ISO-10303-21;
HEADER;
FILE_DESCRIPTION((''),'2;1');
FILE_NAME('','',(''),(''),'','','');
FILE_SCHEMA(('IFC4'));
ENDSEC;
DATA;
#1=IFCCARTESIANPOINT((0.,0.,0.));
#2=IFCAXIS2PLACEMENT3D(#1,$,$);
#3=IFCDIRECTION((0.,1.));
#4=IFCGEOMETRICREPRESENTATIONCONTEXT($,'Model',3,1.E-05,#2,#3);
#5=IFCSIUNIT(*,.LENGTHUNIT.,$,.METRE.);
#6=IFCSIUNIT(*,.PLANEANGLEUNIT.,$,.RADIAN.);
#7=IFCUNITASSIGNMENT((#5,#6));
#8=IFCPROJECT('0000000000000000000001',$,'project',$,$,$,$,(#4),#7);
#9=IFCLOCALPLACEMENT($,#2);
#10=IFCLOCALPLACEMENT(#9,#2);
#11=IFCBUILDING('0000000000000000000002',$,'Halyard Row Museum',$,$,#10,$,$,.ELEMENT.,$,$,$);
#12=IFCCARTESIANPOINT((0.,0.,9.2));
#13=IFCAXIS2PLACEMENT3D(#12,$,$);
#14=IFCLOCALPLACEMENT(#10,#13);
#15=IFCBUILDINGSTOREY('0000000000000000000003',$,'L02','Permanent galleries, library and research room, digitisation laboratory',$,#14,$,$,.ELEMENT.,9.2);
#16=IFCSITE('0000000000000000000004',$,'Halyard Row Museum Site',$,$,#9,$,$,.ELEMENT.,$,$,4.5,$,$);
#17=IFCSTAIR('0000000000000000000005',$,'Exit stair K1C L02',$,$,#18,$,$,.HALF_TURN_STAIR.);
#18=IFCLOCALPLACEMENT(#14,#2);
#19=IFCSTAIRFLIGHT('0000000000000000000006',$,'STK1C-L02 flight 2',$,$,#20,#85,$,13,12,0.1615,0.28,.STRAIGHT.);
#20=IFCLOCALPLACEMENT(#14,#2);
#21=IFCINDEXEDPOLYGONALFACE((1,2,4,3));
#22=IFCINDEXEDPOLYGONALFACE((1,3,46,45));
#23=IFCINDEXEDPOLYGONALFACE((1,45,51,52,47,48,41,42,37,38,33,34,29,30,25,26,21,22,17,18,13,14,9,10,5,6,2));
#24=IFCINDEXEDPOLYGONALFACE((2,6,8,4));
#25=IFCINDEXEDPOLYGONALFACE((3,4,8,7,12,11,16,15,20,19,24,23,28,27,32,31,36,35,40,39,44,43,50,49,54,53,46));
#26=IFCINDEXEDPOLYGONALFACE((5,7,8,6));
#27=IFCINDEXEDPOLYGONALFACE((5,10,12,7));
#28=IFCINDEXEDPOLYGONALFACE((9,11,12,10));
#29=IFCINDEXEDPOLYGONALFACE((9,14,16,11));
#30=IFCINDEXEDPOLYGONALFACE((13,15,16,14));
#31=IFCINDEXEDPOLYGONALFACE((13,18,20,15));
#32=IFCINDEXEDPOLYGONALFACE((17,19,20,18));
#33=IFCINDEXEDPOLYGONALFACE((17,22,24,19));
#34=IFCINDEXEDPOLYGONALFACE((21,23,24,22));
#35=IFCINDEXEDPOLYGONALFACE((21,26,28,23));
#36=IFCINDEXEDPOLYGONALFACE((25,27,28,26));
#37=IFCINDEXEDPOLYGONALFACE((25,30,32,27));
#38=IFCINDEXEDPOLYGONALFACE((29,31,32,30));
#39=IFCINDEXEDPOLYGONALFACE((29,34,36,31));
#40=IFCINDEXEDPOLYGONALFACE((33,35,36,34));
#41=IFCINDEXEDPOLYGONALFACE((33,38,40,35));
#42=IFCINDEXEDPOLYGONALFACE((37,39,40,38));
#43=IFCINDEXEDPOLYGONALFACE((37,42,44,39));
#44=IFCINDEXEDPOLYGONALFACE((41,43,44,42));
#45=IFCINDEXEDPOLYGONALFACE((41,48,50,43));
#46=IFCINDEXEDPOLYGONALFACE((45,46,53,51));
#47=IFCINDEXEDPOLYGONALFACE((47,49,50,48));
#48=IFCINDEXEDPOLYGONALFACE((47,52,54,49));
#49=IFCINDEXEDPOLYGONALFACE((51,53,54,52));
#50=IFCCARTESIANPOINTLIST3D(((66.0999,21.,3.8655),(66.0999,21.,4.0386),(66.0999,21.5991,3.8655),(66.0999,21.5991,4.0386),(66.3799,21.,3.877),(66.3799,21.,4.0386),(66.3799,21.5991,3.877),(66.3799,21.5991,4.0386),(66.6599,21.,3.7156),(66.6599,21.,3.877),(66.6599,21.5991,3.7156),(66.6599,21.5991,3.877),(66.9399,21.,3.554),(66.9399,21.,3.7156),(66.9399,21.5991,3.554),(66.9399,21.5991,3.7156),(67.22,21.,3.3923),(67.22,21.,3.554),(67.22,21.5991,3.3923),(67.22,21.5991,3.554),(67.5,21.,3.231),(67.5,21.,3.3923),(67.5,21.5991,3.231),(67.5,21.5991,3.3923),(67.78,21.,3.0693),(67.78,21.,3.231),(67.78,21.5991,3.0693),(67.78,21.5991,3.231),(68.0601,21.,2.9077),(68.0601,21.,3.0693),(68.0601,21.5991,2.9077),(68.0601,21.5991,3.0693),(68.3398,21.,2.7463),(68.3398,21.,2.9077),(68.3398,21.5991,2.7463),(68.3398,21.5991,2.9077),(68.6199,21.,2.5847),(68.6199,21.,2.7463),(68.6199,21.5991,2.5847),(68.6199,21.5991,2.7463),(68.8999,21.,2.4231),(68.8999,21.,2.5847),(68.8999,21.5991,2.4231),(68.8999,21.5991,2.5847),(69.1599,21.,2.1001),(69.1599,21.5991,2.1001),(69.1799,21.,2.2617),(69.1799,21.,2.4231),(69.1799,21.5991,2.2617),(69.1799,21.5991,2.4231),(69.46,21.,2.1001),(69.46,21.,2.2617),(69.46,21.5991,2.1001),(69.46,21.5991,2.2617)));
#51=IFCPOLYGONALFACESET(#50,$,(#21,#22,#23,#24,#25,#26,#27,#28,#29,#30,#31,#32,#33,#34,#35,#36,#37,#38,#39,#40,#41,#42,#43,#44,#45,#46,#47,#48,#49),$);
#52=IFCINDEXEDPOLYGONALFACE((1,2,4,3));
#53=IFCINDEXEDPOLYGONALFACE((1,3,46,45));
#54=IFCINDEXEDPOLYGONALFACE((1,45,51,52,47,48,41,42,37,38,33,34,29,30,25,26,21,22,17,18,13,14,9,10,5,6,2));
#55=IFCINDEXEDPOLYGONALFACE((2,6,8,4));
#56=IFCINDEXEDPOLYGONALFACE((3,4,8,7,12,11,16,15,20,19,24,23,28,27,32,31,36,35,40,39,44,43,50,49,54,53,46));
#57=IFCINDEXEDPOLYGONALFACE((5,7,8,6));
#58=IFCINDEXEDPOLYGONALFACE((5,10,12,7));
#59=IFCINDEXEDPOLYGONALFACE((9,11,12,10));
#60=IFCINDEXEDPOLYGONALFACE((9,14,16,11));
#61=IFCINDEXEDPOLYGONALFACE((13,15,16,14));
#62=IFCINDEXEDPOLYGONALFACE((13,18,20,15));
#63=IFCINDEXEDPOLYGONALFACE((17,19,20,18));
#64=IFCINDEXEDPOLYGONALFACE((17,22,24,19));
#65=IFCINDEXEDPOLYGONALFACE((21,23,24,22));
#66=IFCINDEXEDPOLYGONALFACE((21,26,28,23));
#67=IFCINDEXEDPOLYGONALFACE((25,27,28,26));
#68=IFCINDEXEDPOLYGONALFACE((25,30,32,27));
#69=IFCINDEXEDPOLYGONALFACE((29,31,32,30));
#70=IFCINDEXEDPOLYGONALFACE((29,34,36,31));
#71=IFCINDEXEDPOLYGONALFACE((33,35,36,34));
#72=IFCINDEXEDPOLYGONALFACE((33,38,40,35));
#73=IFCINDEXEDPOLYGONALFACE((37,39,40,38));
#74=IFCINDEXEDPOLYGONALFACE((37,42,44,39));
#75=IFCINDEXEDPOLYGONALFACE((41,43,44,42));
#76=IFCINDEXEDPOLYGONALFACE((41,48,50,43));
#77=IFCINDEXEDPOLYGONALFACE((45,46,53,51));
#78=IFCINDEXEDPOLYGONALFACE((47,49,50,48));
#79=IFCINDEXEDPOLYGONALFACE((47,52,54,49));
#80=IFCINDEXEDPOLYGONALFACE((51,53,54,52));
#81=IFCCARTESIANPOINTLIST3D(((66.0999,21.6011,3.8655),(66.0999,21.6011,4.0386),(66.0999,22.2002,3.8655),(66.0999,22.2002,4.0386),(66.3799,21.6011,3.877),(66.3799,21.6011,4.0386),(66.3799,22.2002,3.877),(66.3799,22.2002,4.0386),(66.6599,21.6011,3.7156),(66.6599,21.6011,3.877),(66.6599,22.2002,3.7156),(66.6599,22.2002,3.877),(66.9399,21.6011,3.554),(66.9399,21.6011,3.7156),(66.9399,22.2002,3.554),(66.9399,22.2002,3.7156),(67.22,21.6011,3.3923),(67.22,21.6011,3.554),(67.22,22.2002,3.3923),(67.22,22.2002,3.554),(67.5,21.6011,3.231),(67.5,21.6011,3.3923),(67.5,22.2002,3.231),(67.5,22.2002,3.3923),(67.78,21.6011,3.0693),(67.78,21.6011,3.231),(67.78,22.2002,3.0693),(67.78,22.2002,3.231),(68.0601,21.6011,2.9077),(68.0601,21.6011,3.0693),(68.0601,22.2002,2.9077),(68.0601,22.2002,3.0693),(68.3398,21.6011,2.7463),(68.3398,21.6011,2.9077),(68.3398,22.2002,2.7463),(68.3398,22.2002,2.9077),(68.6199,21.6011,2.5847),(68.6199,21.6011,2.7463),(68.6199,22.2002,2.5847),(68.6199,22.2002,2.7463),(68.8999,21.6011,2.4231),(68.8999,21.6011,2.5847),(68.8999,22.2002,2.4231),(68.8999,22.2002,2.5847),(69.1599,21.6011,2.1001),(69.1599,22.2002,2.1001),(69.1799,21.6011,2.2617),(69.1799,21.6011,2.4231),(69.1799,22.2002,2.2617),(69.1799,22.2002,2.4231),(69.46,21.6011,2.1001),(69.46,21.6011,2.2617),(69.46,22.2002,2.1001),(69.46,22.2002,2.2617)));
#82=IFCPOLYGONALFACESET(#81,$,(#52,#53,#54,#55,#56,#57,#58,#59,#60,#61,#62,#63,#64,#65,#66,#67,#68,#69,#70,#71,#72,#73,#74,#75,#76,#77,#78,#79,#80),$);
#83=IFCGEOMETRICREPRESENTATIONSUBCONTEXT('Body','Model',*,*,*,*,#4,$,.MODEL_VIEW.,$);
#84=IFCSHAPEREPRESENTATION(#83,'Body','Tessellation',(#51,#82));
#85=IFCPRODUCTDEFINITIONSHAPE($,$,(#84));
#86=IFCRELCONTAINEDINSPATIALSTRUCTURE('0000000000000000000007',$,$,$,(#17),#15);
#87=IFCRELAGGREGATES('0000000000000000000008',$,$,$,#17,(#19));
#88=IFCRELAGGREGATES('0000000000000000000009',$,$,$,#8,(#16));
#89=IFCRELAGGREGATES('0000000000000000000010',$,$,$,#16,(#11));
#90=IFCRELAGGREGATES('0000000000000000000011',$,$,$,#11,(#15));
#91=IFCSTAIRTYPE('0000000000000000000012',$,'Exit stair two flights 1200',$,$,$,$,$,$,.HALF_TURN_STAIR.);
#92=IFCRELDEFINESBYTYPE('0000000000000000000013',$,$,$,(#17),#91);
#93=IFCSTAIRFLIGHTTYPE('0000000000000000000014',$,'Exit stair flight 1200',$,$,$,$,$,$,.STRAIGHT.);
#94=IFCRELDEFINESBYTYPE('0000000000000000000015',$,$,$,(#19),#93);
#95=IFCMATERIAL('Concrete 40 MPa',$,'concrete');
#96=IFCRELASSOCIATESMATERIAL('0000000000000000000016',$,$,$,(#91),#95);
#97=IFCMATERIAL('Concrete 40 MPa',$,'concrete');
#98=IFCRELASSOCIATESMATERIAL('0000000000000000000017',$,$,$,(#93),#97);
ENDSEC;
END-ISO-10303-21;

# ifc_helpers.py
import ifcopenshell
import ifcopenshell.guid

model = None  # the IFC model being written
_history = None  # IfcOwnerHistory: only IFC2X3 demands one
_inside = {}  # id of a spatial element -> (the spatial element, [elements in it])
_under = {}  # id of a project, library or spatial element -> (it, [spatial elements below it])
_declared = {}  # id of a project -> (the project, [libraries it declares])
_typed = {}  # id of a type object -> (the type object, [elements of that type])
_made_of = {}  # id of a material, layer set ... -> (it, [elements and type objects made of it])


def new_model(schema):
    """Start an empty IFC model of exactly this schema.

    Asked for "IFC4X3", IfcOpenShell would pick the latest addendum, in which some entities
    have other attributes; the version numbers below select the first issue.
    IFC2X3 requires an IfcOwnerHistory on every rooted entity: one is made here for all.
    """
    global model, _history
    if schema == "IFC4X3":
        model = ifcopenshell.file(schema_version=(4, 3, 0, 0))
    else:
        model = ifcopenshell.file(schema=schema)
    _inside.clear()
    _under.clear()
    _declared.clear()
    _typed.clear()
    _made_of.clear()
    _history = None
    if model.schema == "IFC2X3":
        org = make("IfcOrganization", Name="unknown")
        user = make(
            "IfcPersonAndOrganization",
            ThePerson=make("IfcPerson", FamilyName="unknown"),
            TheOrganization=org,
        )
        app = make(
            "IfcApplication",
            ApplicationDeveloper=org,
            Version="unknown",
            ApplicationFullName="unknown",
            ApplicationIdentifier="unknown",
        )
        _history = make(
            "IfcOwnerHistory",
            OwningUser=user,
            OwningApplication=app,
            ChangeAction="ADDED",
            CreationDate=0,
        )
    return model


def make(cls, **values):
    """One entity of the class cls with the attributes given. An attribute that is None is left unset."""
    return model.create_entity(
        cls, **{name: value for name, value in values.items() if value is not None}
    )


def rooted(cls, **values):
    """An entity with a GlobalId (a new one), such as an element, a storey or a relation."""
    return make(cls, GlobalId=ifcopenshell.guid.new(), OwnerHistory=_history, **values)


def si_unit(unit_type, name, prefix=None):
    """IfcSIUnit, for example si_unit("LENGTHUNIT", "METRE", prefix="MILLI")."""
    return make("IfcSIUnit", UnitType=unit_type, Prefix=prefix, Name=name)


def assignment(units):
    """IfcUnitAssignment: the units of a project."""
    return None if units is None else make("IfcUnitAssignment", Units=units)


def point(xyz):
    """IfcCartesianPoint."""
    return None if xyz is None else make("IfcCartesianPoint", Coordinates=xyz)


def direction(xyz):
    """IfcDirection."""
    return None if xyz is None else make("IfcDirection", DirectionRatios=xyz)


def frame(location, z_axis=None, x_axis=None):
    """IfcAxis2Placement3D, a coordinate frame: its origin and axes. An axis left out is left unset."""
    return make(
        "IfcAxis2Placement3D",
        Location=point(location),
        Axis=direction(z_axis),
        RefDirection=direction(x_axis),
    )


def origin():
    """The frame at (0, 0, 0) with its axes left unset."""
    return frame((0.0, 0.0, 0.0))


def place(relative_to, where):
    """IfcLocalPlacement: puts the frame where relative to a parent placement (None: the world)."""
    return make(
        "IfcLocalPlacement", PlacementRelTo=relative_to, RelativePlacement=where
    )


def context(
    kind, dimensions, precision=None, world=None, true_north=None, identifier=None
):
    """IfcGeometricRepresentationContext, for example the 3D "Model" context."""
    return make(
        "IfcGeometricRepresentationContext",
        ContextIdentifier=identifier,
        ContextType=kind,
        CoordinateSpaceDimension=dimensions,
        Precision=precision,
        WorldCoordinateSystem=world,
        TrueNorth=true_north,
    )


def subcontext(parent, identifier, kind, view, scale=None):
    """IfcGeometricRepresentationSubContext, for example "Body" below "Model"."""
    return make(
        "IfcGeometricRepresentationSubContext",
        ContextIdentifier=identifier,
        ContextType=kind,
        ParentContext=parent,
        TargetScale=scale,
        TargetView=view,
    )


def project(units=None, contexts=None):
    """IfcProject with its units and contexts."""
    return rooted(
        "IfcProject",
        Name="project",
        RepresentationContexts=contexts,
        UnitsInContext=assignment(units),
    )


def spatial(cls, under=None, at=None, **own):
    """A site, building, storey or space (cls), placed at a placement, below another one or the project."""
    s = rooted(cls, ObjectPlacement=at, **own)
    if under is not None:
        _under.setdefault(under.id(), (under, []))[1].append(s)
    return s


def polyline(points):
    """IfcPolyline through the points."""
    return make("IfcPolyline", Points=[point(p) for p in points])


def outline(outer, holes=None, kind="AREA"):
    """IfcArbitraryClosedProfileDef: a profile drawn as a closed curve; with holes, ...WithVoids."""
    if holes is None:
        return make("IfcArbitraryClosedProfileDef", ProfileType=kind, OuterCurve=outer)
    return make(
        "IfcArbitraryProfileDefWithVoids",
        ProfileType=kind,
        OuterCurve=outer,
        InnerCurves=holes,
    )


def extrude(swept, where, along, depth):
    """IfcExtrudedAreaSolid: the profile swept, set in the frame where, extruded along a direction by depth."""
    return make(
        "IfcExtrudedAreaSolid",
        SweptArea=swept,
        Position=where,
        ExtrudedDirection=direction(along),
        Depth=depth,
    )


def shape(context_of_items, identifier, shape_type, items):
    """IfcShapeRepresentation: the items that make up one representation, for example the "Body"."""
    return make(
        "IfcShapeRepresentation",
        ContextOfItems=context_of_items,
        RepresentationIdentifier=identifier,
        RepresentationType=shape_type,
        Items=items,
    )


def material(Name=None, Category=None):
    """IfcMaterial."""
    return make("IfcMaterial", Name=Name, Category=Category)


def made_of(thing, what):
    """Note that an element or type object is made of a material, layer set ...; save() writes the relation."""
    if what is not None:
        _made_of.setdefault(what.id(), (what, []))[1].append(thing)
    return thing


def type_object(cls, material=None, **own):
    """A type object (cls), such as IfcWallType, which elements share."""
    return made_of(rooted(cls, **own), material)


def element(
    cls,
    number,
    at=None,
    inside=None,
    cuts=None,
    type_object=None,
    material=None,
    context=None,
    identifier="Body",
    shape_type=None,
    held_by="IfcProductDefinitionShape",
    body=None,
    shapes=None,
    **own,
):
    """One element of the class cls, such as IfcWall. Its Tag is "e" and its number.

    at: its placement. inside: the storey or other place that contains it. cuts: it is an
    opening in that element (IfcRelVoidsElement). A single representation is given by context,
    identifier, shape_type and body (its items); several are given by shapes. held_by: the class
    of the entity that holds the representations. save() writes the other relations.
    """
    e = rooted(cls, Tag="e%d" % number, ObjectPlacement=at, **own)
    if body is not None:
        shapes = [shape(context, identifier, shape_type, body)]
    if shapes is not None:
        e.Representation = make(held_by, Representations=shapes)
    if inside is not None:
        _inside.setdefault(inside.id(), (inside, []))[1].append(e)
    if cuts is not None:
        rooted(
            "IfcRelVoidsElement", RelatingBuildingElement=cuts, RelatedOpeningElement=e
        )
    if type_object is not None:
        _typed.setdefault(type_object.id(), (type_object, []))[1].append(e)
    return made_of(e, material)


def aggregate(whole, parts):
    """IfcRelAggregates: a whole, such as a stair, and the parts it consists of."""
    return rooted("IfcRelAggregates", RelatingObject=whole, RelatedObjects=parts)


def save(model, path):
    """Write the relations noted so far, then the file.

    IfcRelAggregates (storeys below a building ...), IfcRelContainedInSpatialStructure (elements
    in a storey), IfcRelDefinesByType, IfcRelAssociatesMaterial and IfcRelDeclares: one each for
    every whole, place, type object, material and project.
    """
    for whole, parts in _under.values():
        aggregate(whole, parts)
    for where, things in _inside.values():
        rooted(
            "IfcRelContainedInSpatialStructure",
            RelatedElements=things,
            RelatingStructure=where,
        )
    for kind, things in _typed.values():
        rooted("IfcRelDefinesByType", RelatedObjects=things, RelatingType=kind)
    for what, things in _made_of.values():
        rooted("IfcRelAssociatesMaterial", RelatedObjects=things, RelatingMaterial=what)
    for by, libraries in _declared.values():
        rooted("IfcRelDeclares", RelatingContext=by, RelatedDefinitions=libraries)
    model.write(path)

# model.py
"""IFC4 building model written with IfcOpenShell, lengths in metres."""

from ifc_helpers import new_model, si_unit, direction, frame, origin, place, context, subcontext, project, spatial, polyline, outline, extrude, material, type_object, element, aggregate, save


model = new_model("IFC4")

# Units and contexts
model_context = context("Model", 3, precision=1e-05, world=origin(), true_north=direction((0.0, 1.0)))
body_context = subcontext(model_context, "Body", "Model", "MODEL_VIEW")
ifc_project = project(units=[si_unit("LENGTHUNIT", "METRE"), si_unit("PLANEANGLEUNIT", "RADIAN")], contexts=[model_context])

# Site, building, storey
site_placement = place(None, origin())
site = spatial("IfcSite", under=ifc_project, at=site_placement, Name="Halyard Row Museum Site", CompositionType="ELEMENT", RefElevation=4.5)
building_placement = place(site_placement, origin())
building = spatial("IfcBuilding", under=site, at=building_placement, Name="Halyard Row Museum", CompositionType="ELEMENT")
storey_placement = place(building_placement, frame((0.0, 0.0, 9.2)))
storey = spatial("IfcBuildingStorey", under=building, at=storey_placement, Name="L02", Description="Permanent galleries, library and research room, digitisation laboratory", CompositionType="ELEMENT", Elevation=9.2)

# Stair, stair flight
ifc_material_1 = material(Name="Concrete 40 MPa", Category="concrete")
stair_type = type_object("IfcStairType", Name="Exit stair two flights 1200", PredefinedType="HALF_TURN_STAIR", material=ifc_material_1)
stair_placement = place(storey_placement, origin())
stair = element("IfcStair", 1, at=stair_placement, inside=storey, type_object=stair_type, Name="Exit stair K1C L02", PredefinedType="HALF_TURN_STAIR")
ifc_material_2 = material(Name="Concrete 40 MPa", Category="concrete")
stair_flight_type = type_object("IfcStairFlightType", Name="Exit stair flight 1200", PredefinedType="STRAIGHT", material=ifc_material_2)
stair_flight_1_placement = place(storey_placement, frame((69.46, 21.6001, 2.1001), z_axis=(0.0, 0.0, 1.0), x_axis=(-1.0, 0.0, 0.0)))
stair_flight_1 = element("IfcStairFlight", 2, at=stair_flight_1_placement, type_object=stair_flight_type, Name="STK1C-L02 flight 2", NumberOfRisers=13, NumberOfTreads=12, PredefinedType="STRAIGHT", RiserHeight=0.1615, TreadLength=0.28, context=body_context, shape_type="SweptSolid", body=[
    extrude(outline(polyline([(0.0, 0.0), (0.0, 0.1616), (0.28, 0.1616), (0.28, 0.323), (0.5601, 0.323), (0.5601, 0.4846), (0.8401, 0.4846), (0.8401, 0.6462), (1.1201, 0.6462), (1.1201, 0.8076), (1.3999, 0.8076), (1.3999, 0.9692), (1.6799, 0.9692), (1.6799, 1.1309), (1.96, 1.1309), (1.96, 1.2922), (2.24, 1.2922), (2.24, 1.4539), (2.52, 1.4539), (2.52, 1.6155), (2.8, 1.6155), (2.8, 1.7769), (3.0801, 1.7769), (3.0801, 1.9385), (3.3601, 1.9385), (3.3601, 2.1001), (3.3601, 1.7654), (0.3, 0.0), (0.0, 0.0)])), frame((0.0, 0.6001, 0.0), z_axis=(0.0, -1.0, 0.0), x_axis=(1.0, 0.0, 0.0)), (0.0, 0.0, 1.0), 0.5991),
    extrude(outline(polyline([(0.0, 0.0), (0.0, 0.1616), (0.28, 0.1616), (0.28, 0.323), (0.5601, 0.323), (0.5601, 0.4846), (0.8401, 0.4846), (0.8401, 0.6462), (1.1201, 0.6462), (1.1201, 0.8076), (1.3999, 0.8076), (1.3999, 0.9692), (1.6799, 0.9692), (1.6799, 1.1309), (1.96, 1.1309), (1.96, 1.2922), (2.24, 1.2922), (2.24, 1.4539), (2.52, 1.4539), (2.52, 1.6155), (2.8, 1.6155), (2.8, 1.7769), (3.0801, 1.7769), (3.0801, 1.9385), (3.3601, 1.9385), (3.3601, 2.1001), (3.3601, 1.7654), (0.3, 0.0), (0.0, 0.0)])), frame((0.0, -0.001, 0.0), z_axis=(0.0, -1.0, 0.0), x_axis=(1.0, 0.0, 0.0)), (0.0, 0.0, 1.0), 0.5991),
])
aggregate(stair, [stair_flight_1])

save(model, "model.ifc")
